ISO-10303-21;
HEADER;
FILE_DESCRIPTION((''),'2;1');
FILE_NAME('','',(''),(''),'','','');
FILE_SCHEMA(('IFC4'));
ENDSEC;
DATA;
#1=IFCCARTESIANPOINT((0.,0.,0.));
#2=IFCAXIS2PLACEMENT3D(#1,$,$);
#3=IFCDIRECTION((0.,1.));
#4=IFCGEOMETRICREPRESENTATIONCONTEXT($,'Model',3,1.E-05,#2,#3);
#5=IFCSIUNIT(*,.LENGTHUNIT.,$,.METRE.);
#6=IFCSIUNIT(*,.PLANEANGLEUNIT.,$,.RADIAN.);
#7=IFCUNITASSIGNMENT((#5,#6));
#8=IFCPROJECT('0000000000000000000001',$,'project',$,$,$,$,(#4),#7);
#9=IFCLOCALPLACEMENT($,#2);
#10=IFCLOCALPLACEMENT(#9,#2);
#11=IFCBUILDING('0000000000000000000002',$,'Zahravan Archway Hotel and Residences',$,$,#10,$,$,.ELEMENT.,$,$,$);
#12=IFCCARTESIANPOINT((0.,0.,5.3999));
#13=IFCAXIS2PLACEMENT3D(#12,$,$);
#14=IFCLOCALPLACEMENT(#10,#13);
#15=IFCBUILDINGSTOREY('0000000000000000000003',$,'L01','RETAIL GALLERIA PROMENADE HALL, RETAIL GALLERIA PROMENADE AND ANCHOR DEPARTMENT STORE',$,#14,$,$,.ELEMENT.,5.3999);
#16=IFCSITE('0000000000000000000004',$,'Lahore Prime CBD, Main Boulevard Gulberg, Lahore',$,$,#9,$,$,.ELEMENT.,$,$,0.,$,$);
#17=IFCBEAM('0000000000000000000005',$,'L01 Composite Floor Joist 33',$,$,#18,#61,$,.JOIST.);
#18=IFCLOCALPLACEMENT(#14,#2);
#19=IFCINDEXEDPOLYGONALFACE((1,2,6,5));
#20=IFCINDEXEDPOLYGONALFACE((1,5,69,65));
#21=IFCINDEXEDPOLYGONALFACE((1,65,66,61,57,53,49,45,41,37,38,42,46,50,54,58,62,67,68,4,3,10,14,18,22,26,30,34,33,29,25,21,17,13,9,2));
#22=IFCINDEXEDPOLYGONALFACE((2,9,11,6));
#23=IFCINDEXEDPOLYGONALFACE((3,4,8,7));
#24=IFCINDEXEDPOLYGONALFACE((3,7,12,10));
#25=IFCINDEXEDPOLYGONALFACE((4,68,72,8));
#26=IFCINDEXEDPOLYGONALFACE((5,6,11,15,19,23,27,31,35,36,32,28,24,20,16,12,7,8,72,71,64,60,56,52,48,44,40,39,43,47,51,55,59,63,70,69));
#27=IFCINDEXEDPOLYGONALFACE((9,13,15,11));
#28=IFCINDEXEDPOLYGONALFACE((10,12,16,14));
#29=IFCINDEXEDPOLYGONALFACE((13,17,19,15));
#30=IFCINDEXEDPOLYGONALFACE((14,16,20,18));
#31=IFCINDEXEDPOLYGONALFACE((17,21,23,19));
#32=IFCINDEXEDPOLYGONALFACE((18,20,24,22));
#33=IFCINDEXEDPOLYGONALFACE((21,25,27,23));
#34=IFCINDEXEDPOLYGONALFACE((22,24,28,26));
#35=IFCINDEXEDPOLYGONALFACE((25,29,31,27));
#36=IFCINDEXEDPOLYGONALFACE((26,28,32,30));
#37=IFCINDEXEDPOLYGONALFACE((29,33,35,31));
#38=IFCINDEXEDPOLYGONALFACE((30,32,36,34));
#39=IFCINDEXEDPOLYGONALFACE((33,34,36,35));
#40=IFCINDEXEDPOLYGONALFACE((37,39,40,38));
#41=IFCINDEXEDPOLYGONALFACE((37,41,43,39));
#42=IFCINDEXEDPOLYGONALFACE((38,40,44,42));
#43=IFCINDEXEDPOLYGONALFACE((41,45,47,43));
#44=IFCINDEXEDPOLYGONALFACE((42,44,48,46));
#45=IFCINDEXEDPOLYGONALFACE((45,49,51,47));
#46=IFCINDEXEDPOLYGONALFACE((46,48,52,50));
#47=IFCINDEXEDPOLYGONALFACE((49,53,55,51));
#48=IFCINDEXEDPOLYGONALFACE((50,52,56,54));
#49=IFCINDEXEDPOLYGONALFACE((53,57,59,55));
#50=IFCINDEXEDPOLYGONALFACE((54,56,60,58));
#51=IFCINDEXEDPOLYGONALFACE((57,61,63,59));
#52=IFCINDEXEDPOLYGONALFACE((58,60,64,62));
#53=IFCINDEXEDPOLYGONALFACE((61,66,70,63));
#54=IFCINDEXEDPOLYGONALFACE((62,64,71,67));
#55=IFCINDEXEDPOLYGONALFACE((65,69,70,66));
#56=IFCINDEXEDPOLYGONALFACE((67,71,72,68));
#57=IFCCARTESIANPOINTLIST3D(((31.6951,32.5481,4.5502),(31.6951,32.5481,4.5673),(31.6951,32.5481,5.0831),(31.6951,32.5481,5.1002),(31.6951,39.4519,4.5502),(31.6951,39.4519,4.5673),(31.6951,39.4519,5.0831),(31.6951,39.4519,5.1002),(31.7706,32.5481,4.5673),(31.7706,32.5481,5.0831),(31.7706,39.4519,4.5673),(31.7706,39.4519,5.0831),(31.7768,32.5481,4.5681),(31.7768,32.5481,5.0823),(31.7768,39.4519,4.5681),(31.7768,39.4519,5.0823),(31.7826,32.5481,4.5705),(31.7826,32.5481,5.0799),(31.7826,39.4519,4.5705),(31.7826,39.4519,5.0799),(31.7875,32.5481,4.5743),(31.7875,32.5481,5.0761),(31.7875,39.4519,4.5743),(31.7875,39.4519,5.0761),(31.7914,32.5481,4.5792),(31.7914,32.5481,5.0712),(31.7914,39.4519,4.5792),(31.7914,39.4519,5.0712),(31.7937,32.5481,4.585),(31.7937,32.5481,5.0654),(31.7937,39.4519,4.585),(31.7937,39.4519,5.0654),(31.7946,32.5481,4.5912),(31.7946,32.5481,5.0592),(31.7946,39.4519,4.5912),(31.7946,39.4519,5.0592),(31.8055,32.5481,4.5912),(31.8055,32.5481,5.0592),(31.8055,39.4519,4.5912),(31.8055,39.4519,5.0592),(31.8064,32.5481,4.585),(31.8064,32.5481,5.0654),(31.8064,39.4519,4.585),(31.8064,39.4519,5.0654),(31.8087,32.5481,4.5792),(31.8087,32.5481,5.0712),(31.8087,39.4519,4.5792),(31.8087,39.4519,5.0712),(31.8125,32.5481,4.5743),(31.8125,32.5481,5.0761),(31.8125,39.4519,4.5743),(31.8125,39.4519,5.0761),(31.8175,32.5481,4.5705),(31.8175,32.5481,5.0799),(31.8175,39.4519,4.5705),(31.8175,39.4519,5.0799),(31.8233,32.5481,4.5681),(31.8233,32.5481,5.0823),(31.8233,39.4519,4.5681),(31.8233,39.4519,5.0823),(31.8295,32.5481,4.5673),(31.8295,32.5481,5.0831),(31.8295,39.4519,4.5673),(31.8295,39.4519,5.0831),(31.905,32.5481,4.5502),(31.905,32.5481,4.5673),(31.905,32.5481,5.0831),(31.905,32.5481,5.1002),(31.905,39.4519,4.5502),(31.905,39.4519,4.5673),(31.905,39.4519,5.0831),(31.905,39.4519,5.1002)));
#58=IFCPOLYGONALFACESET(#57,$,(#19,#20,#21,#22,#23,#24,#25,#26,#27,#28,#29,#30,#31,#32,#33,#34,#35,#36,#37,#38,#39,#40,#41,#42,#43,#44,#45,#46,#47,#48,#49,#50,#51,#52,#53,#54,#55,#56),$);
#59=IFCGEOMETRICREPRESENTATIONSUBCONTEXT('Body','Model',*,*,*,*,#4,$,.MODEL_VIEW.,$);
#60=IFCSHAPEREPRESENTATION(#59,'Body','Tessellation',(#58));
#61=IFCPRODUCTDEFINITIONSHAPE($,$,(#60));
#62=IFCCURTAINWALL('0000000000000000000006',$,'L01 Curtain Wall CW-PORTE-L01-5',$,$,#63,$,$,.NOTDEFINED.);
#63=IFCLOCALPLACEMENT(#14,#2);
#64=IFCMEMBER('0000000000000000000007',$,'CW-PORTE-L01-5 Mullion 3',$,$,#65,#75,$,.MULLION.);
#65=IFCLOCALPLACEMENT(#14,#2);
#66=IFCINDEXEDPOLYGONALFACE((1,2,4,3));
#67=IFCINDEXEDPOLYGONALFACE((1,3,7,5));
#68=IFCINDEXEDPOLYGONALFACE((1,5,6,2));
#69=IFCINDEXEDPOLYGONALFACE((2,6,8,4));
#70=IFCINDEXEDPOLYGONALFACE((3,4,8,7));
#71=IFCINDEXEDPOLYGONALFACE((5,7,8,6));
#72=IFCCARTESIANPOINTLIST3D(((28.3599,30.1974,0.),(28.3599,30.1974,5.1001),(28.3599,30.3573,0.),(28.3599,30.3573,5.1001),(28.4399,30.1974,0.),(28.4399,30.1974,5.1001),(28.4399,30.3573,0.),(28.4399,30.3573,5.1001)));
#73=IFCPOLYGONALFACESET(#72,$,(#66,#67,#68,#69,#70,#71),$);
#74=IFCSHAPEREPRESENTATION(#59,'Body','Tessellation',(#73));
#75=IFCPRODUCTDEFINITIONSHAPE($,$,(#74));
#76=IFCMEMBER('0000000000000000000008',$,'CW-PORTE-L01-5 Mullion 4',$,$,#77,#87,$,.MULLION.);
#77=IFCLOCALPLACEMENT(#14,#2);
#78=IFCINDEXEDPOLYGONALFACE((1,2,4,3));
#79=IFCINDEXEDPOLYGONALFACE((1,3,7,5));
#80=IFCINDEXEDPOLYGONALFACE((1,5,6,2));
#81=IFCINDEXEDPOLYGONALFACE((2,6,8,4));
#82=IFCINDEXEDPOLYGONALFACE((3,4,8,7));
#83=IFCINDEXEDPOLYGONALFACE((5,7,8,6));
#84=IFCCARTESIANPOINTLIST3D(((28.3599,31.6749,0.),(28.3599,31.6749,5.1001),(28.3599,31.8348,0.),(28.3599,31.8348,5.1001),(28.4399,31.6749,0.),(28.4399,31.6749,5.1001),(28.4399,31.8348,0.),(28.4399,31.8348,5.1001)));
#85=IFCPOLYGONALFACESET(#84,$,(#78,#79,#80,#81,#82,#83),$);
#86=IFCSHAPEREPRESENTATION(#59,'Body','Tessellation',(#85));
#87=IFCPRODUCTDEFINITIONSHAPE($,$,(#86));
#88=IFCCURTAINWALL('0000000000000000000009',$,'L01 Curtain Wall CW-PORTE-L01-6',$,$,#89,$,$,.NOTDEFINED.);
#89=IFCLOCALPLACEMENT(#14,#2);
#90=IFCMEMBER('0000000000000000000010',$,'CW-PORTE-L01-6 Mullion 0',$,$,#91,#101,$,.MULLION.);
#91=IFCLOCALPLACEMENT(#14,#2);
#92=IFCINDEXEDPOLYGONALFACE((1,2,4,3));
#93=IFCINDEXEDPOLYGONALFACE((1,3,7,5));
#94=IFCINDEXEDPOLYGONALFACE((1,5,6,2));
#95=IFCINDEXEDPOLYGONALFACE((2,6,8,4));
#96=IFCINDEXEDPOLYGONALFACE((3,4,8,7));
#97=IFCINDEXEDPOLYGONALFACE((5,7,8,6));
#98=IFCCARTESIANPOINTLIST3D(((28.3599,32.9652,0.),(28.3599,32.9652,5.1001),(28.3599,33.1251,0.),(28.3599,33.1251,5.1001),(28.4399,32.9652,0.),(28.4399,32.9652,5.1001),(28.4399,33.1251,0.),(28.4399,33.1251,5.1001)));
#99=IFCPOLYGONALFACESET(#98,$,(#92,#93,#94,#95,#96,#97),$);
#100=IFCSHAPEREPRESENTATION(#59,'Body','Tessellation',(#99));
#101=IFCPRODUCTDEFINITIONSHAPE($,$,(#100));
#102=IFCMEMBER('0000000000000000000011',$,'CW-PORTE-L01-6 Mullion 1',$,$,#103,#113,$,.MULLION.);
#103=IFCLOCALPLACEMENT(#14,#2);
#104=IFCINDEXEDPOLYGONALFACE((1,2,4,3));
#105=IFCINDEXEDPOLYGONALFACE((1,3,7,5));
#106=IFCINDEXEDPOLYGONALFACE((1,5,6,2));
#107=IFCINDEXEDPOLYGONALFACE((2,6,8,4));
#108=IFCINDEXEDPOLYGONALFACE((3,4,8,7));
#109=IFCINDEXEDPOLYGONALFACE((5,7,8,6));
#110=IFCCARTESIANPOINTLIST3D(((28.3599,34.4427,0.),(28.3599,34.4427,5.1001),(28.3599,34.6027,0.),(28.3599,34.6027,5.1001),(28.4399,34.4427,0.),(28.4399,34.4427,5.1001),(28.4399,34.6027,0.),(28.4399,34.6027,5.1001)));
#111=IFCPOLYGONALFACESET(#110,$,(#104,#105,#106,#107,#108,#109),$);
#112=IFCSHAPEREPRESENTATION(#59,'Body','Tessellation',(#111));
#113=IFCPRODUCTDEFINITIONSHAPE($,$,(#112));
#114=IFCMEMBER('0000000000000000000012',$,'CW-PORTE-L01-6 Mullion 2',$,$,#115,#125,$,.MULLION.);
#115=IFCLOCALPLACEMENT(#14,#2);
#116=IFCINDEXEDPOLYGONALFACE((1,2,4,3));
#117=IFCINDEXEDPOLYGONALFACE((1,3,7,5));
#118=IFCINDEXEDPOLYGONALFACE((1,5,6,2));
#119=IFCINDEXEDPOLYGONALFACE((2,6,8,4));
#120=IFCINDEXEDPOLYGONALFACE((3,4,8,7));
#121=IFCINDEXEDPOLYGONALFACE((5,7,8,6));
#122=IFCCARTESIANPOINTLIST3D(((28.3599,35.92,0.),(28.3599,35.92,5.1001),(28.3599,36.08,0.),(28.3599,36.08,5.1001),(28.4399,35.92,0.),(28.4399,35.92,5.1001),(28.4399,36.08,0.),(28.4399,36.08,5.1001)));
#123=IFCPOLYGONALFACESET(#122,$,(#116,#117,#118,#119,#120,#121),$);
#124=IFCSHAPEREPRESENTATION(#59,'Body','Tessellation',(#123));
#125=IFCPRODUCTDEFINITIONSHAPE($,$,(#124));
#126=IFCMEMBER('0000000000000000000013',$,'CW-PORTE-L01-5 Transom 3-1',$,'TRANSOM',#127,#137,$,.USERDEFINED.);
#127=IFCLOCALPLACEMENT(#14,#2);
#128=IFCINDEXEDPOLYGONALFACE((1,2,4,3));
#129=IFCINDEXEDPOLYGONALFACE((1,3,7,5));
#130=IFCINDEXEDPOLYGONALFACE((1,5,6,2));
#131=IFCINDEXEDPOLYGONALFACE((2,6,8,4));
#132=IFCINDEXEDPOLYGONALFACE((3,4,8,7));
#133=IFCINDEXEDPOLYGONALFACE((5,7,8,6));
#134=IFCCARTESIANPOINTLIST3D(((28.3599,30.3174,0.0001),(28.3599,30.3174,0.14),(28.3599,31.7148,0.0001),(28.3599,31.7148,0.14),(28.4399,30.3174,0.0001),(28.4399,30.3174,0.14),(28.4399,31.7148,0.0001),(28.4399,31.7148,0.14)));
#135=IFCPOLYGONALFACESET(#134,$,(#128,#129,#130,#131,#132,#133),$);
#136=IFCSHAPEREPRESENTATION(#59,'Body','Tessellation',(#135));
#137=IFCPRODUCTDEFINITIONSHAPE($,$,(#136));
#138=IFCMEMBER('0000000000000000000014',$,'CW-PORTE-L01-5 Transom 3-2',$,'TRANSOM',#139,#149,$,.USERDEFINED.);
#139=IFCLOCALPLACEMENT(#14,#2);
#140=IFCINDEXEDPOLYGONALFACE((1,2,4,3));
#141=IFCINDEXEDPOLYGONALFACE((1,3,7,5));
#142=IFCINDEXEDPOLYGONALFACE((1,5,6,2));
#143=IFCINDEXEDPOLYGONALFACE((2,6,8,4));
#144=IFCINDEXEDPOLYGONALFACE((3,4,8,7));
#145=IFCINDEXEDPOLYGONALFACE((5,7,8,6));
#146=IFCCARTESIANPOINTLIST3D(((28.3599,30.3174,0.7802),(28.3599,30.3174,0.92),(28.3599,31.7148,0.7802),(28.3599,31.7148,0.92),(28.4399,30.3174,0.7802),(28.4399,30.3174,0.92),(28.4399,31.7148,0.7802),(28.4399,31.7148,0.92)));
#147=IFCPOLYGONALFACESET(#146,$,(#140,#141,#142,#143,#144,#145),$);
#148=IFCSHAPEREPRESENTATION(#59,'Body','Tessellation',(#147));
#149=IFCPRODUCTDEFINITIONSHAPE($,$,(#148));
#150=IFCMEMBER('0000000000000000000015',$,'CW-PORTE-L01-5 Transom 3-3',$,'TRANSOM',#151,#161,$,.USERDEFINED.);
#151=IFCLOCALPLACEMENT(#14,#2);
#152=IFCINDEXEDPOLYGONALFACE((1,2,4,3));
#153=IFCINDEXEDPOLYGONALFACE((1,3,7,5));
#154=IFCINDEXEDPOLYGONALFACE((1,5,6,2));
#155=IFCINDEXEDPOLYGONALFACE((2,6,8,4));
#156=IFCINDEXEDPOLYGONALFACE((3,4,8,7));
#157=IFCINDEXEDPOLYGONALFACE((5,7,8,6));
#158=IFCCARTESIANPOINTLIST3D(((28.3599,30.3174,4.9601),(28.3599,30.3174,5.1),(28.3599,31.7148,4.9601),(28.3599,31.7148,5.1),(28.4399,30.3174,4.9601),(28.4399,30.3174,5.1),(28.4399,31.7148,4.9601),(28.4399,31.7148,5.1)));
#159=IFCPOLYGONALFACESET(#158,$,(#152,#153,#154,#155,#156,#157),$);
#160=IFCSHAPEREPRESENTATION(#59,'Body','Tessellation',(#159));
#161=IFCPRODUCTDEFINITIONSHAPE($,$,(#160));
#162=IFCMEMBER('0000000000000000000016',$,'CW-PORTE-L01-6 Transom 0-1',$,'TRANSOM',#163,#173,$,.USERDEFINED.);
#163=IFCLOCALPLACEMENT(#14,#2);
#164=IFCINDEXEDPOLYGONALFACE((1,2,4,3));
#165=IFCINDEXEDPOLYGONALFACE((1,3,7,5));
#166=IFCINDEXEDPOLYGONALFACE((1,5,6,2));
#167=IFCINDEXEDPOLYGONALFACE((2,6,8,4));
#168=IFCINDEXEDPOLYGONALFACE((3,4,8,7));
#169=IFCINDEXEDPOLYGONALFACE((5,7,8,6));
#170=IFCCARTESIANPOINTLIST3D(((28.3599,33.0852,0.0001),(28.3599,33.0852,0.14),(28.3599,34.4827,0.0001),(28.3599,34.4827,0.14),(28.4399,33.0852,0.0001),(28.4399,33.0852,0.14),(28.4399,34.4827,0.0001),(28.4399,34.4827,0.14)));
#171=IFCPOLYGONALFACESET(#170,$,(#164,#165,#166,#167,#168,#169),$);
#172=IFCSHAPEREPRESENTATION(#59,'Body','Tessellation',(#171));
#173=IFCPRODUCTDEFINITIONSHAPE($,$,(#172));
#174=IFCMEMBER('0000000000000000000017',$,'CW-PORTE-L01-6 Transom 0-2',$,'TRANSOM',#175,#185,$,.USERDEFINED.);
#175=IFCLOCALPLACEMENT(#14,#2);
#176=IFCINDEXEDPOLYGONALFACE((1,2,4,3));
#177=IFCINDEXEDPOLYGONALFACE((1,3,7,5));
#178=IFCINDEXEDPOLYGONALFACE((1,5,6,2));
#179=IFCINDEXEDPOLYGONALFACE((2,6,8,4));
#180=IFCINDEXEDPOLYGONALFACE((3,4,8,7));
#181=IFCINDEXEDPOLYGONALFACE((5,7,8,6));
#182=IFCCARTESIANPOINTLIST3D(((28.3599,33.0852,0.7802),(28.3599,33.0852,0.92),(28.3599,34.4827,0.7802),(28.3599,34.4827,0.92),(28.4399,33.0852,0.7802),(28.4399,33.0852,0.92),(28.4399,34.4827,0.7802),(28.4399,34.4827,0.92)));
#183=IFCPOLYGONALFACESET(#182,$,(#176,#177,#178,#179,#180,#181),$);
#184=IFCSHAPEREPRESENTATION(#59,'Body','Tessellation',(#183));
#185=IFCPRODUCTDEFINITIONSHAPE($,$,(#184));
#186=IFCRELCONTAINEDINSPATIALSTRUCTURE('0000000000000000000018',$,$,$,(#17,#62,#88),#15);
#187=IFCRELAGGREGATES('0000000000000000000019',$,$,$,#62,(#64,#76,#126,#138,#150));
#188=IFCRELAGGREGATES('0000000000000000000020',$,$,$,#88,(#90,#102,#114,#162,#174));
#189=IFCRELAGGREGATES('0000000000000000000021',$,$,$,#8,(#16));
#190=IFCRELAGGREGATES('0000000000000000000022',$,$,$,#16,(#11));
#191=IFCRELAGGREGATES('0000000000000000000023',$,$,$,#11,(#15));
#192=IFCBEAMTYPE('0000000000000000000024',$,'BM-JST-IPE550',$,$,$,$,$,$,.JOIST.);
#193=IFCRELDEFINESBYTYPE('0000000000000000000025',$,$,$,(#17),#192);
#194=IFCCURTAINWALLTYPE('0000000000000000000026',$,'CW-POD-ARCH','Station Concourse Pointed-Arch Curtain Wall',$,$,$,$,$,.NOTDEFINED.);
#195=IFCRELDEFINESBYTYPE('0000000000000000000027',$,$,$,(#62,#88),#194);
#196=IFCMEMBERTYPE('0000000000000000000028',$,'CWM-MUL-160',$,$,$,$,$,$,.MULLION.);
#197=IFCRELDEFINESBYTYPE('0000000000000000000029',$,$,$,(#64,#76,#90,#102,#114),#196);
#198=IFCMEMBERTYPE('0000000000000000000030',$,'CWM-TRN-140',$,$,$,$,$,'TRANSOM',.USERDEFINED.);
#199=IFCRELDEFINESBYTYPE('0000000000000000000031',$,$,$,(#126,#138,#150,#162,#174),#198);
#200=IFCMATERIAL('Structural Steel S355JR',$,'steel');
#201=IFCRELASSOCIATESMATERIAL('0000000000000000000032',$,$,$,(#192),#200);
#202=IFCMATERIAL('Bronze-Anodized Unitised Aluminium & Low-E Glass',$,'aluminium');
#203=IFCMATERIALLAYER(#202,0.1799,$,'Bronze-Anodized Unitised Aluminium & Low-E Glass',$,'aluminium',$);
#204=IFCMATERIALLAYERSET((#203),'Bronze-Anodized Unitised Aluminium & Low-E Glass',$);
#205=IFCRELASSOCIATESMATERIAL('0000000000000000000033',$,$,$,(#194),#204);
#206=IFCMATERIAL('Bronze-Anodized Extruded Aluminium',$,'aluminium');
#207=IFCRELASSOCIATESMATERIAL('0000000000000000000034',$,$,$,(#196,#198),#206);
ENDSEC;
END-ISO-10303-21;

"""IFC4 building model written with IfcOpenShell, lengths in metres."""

from ifc_helpers import new_model, si_unit, direction, frame, origin, origin_2d, place, context, subcontext, project, spatial, rectangle, i_section, extrude, source, transform, mapped, material, layer, layer_set, material_profile, profile_set, type_object, element, aggregate, save


model = new_model("IFC4")

# Units and contexts
model_context = context("Model", 3, precision=1e-05, world=origin(), true_north=direction((0.0, 1.0)))
body_context = subcontext(model_context, "Body", "Model", "MODEL_VIEW")
ifc_project = project(units=[si_unit("LENGTHUNIT", "METRE"), si_unit("PLANEANGLEUNIT", "RADIAN")], contexts=[model_context])

# Site, building, storey
site_placement = place(None, origin())
site = spatial("IfcSite", under=ifc_project, at=site_placement, Name="Lahore Prime CBD, Main Boulevard Gulberg, Lahore", CompositionType="ELEMENT", RefElevation=0.0)
building_placement = place(site_placement, origin())
building = spatial("IfcBuilding", under=site, at=building_placement, Name="Zahravan Archway Hotel and Residences", CompositionType="ELEMENT")
storey_placement = place(building_placement, frame((0.0, 0.0, 5.3999)))
storey = spatial("IfcBuildingStorey", under=building, at=storey_placement, Name="L01", Description="RETAIL GALLERIA PROMENADE HALL, RETAIL GALLERIA PROMENADE AND ANCHOR DEPARTMENT STORE", CompositionType="ELEMENT", Elevation=5.3999)

# Beam
ifc_material_1 = material(Name="Structural Steel S355JR", Category="steel")
ifc_material_profile_1 = material_profile(ifc_material_1, i_section(OverallWidth=0.21, OverallDepth=0.55, WebThickness=0.011, FlangeThickness=0.0171, FilletRadius=0.0239, at=origin_2d()), Name="IPE 550", Category="steel")
ifc_profile_set_1 = profile_set([ifc_material_profile_1], Name="Structural Steel S355JR")
beam_type_1 = type_object("IfcBeamType", Name="BM-JST-IPE550", PredefinedType="JOIST", material=ifc_profile_set_1)
shared_shape_1 = source(origin(), body_context, "Body", "SweptSolid", [
    extrude(i_section(OverallWidth=0.21, OverallDepth=0.55, WebThickness=0.011, FlangeThickness=0.0171, FilletRadius=0.0239, at=origin_2d()), origin(), (0.0, 0.0, 1.0), 6.9038),
])
beam_1_placement = place(storey_placement, frame((31.8, 32.5481, 4.8252), z_axis=(0.0, 1.0, 0.0), x_axis=(-1.0, 0.0, 0.0)))
element("IfcBeam", 1, at=beam_1_placement, inside=storey, type_object=beam_type_1, Name="L01 Composite Floor Joist 33", PredefinedType="JOIST", context=body_context, shape_type="MappedRepresentation", body=[
    mapped(shared_shape_1, transform((0.0, 0.0, 0.0), scale=1.0)),
])

# Curtain walls, members
ifc_material_2 = material(Name="Bronze-Anodized Unitised Aluminium & Low-E Glass", Category="aluminium")
ifc_layer_1 = layer(ifc_material_2, 0.1799, Name="Bronze-Anodized Unitised Aluminium & Low-E Glass", Category="aluminium")
ifc_layer_set_1 = layer_set([ifc_layer_1], Name="Bronze-Anodized Unitised Aluminium & Low-E Glass")
curtain_wall_type = type_object("IfcCurtainWallType", Name="CW-POD-ARCH", Description="Station Concourse Pointed-Arch Curtain Wall", PredefinedType="NOTDEFINED", material=ifc_layer_set_1)
curtain_wall_1_placement = place(storey_placement, origin())
curtain_wall_1 = element("IfcCurtainWall", 2, at=curtain_wall_1_placement, inside=storey, type_object=curtain_wall_type, Name="L01 Curtain Wall CW-PORTE-L01-5", PredefinedType="NOTDEFINED")
ifc_material_3 = material(Name="Bronze-Anodized Extruded Aluminium", Category="aluminium")
ifc_material_profile_2 = material_profile(ifc_material_3, rectangle(XDim=0.0801, YDim=0.1599, at=origin_2d()), Name="MUL 80x160", Category="aluminium")
ifc_profile_set_2 = profile_set([ifc_material_profile_2], Name="Bronze-Anodized Extruded Aluminium")
member_type_1 = type_object("IfcMemberType", Name="CWM-MUL-160", PredefinedType="MULLION", material=ifc_profile_set_2)
shared_shape_2 = source(origin(), body_context, "Body", "SweptSolid", [
    extrude(rectangle(XDim=0.0801, YDim=0.1599, at=origin_2d()), origin(), (0.0, 0.0, 1.0), 5.1001),
])
member_1_placement = place(storey_placement, frame((28.3999, 30.2773, 0.0), z_axis=(0.0, 0.0, 1.0), x_axis=(1.0, 0.0, 0.0)))
member_1 = element("IfcMember", 3, at=member_1_placement, type_object=member_type_1, Name="CW-PORTE-L01-5 Mullion 3", PredefinedType="MULLION", context=body_context, shape_type="MappedRepresentation", body=[
    mapped(shared_shape_2, transform((0.0, 0.0, 0.0), scale=1.0)),
])
member_2_placement = place(storey_placement, frame((28.3999, 31.7549, 0.0), z_axis=(0.0, 0.0, 1.0), x_axis=(1.0, 0.0, 0.0)))
member_2 = element("IfcMember", 4, at=member_2_placement, type_object=member_type_1, Name="CW-PORTE-L01-5 Mullion 4", PredefinedType="MULLION", context=body_context, shape_type="MappedRepresentation", body=[
    mapped(shared_shape_2, transform((0.0, 0.0, 0.0), scale=1.0)),
])
curtain_wall_2_placement = place(storey_placement, origin())
curtain_wall_2 = element("IfcCurtainWall", 5, at=curtain_wall_2_placement, inside=storey, type_object=curtain_wall_type, Name="L01 Curtain Wall CW-PORTE-L01-6", PredefinedType="NOTDEFINED")
member_3_placement = place(storey_placement, frame((28.3999, 33.0452, 0.0), z_axis=(0.0, 0.0, 1.0), x_axis=(1.0, 0.0, 0.0)))
member_3 = element("IfcMember", 6, at=member_3_placement, type_object=member_type_1, Name="CW-PORTE-L01-6 Mullion 0", PredefinedType="MULLION", context=body_context, shape_type="MappedRepresentation", body=[
    mapped(shared_shape_2, transform((0.0, 0.0, 0.0), scale=1.0)),
])
member_4_placement = place(storey_placement, frame((28.3999, 34.5227, 0.0), z_axis=(0.0, 0.0, 1.0), x_axis=(1.0, 0.0, 0.0)))
member_4 = element("IfcMember", 7, at=member_4_placement, type_object=member_type_1, Name="CW-PORTE-L01-6 Mullion 1", PredefinedType="MULLION", context=body_context, shape_type="MappedRepresentation", body=[
    mapped(shared_shape_2, transform((0.0, 0.0, 0.0), scale=1.0)),
])
member_5_placement = place(storey_placement, frame((28.3999, 36.0, 0.0), z_axis=(0.0, 0.0, 1.0), x_axis=(1.0, 0.0, 0.0)))
member_5 = element("IfcMember", 8, at=member_5_placement, type_object=member_type_1, Name="CW-PORTE-L01-6 Mullion 2", PredefinedType="MULLION", context=body_context, shape_type="MappedRepresentation", body=[
    mapped(shared_shape_2, transform((0.0, 0.0, 0.0), scale=1.0)),
])

# Members
ifc_material_profile_3 = material_profile(ifc_material_3, rectangle(XDim=0.0801, YDim=0.1399, at=origin_2d()), Name="TRN 80x140", Category="aluminium")
ifc_profile_set_3 = profile_set([ifc_material_profile_3], Name="Bronze-Anodized Extruded Aluminium")
member_type_2 = type_object("IfcMemberType", Name="CWM-TRN-140", ElementType="TRANSOM", PredefinedType="USERDEFINED", material=ifc_profile_set_3)
shared_shape_3 = source(origin(), body_context, "Body", "SweptSolid", [
    extrude(rectangle(XDim=0.0801, YDim=0.1399, at=origin_2d()), origin(), (0.0, 0.0, 1.0), 1.3975),
])
member_6_placement = place(storey_placement, frame((28.3999, 30.3174, 0.0701), z_axis=(0.0, 1.0, 0.0), x_axis=(-1.0, 0.0, 0.0)))
member_6 = element("IfcMember", 9, at=member_6_placement, type_object=member_type_2, Name="CW-PORTE-L01-5 Transom 3-1", ObjectType="TRANSOM", PredefinedType="USERDEFINED", context=body_context, shape_type="MappedRepresentation", body=[
    mapped(shared_shape_3, transform((0.0, 0.0, 0.0), scale=1.0)),
])
member_7_placement = place(storey_placement, frame((28.3999, 30.3174, 0.8501), z_axis=(0.0, 1.0, 0.0), x_axis=(-1.0, 0.0, 0.0)))
member_7 = element("IfcMember", 10, at=member_7_placement, type_object=member_type_2, Name="CW-PORTE-L01-5 Transom 3-2", ObjectType="TRANSOM", PredefinedType="USERDEFINED", context=body_context, shape_type="MappedRepresentation", body=[
    mapped(shared_shape_3, transform((0.0, 0.0, 0.0), scale=1.0)),
])
member_8_placement = place(storey_placement, frame((28.3999, 30.3174, 5.03), z_axis=(0.0, 1.0, 0.0), x_axis=(-1.0, 0.0, 0.0)))
member_8 = element("IfcMember", 11, at=member_8_placement, type_object=member_type_2, Name="CW-PORTE-L01-5 Transom 3-3", ObjectType="TRANSOM", PredefinedType="USERDEFINED", context=body_context, shape_type="MappedRepresentation", body=[
    mapped(shared_shape_3, transform((0.0, 0.0, 0.0), scale=1.0)),
])
member_9_placement = place(storey_placement, frame((28.3999, 33.0852, 0.0701), z_axis=(0.0, 1.0, 0.0), x_axis=(-1.0, 0.0, 0.0)))
member_9 = element("IfcMember", 12, at=member_9_placement, type_object=member_type_2, Name="CW-PORTE-L01-6 Transom 0-1", ObjectType="TRANSOM", PredefinedType="USERDEFINED", context=body_context, shape_type="MappedRepresentation", body=[
    mapped(shared_shape_3, transform((0.0, 0.0, 0.0), scale=1.0)),
])
member_10_placement = place(storey_placement, frame((28.3999, 33.0852, 0.8501), z_axis=(0.0, 1.0, 0.0), x_axis=(-1.0, 0.0, 0.0)))
member_10 = element("IfcMember", 13, at=member_10_placement, type_object=member_type_2, Name="CW-PORTE-L01-6 Transom 0-2", ObjectType="TRANSOM", PredefinedType="USERDEFINED", context=body_context, shape_type="MappedRepresentation", body=[
    mapped(shared_shape_3, transform((0.0, 0.0, 0.0), scale=1.0)),
])

aggregate(curtain_wall_1, [member_1, member_2, member_6, member_7, member_8])
aggregate(curtain_wall_2, [member_3, member_4, member_5, member_9, member_10])

save(model, "model.ifc")
